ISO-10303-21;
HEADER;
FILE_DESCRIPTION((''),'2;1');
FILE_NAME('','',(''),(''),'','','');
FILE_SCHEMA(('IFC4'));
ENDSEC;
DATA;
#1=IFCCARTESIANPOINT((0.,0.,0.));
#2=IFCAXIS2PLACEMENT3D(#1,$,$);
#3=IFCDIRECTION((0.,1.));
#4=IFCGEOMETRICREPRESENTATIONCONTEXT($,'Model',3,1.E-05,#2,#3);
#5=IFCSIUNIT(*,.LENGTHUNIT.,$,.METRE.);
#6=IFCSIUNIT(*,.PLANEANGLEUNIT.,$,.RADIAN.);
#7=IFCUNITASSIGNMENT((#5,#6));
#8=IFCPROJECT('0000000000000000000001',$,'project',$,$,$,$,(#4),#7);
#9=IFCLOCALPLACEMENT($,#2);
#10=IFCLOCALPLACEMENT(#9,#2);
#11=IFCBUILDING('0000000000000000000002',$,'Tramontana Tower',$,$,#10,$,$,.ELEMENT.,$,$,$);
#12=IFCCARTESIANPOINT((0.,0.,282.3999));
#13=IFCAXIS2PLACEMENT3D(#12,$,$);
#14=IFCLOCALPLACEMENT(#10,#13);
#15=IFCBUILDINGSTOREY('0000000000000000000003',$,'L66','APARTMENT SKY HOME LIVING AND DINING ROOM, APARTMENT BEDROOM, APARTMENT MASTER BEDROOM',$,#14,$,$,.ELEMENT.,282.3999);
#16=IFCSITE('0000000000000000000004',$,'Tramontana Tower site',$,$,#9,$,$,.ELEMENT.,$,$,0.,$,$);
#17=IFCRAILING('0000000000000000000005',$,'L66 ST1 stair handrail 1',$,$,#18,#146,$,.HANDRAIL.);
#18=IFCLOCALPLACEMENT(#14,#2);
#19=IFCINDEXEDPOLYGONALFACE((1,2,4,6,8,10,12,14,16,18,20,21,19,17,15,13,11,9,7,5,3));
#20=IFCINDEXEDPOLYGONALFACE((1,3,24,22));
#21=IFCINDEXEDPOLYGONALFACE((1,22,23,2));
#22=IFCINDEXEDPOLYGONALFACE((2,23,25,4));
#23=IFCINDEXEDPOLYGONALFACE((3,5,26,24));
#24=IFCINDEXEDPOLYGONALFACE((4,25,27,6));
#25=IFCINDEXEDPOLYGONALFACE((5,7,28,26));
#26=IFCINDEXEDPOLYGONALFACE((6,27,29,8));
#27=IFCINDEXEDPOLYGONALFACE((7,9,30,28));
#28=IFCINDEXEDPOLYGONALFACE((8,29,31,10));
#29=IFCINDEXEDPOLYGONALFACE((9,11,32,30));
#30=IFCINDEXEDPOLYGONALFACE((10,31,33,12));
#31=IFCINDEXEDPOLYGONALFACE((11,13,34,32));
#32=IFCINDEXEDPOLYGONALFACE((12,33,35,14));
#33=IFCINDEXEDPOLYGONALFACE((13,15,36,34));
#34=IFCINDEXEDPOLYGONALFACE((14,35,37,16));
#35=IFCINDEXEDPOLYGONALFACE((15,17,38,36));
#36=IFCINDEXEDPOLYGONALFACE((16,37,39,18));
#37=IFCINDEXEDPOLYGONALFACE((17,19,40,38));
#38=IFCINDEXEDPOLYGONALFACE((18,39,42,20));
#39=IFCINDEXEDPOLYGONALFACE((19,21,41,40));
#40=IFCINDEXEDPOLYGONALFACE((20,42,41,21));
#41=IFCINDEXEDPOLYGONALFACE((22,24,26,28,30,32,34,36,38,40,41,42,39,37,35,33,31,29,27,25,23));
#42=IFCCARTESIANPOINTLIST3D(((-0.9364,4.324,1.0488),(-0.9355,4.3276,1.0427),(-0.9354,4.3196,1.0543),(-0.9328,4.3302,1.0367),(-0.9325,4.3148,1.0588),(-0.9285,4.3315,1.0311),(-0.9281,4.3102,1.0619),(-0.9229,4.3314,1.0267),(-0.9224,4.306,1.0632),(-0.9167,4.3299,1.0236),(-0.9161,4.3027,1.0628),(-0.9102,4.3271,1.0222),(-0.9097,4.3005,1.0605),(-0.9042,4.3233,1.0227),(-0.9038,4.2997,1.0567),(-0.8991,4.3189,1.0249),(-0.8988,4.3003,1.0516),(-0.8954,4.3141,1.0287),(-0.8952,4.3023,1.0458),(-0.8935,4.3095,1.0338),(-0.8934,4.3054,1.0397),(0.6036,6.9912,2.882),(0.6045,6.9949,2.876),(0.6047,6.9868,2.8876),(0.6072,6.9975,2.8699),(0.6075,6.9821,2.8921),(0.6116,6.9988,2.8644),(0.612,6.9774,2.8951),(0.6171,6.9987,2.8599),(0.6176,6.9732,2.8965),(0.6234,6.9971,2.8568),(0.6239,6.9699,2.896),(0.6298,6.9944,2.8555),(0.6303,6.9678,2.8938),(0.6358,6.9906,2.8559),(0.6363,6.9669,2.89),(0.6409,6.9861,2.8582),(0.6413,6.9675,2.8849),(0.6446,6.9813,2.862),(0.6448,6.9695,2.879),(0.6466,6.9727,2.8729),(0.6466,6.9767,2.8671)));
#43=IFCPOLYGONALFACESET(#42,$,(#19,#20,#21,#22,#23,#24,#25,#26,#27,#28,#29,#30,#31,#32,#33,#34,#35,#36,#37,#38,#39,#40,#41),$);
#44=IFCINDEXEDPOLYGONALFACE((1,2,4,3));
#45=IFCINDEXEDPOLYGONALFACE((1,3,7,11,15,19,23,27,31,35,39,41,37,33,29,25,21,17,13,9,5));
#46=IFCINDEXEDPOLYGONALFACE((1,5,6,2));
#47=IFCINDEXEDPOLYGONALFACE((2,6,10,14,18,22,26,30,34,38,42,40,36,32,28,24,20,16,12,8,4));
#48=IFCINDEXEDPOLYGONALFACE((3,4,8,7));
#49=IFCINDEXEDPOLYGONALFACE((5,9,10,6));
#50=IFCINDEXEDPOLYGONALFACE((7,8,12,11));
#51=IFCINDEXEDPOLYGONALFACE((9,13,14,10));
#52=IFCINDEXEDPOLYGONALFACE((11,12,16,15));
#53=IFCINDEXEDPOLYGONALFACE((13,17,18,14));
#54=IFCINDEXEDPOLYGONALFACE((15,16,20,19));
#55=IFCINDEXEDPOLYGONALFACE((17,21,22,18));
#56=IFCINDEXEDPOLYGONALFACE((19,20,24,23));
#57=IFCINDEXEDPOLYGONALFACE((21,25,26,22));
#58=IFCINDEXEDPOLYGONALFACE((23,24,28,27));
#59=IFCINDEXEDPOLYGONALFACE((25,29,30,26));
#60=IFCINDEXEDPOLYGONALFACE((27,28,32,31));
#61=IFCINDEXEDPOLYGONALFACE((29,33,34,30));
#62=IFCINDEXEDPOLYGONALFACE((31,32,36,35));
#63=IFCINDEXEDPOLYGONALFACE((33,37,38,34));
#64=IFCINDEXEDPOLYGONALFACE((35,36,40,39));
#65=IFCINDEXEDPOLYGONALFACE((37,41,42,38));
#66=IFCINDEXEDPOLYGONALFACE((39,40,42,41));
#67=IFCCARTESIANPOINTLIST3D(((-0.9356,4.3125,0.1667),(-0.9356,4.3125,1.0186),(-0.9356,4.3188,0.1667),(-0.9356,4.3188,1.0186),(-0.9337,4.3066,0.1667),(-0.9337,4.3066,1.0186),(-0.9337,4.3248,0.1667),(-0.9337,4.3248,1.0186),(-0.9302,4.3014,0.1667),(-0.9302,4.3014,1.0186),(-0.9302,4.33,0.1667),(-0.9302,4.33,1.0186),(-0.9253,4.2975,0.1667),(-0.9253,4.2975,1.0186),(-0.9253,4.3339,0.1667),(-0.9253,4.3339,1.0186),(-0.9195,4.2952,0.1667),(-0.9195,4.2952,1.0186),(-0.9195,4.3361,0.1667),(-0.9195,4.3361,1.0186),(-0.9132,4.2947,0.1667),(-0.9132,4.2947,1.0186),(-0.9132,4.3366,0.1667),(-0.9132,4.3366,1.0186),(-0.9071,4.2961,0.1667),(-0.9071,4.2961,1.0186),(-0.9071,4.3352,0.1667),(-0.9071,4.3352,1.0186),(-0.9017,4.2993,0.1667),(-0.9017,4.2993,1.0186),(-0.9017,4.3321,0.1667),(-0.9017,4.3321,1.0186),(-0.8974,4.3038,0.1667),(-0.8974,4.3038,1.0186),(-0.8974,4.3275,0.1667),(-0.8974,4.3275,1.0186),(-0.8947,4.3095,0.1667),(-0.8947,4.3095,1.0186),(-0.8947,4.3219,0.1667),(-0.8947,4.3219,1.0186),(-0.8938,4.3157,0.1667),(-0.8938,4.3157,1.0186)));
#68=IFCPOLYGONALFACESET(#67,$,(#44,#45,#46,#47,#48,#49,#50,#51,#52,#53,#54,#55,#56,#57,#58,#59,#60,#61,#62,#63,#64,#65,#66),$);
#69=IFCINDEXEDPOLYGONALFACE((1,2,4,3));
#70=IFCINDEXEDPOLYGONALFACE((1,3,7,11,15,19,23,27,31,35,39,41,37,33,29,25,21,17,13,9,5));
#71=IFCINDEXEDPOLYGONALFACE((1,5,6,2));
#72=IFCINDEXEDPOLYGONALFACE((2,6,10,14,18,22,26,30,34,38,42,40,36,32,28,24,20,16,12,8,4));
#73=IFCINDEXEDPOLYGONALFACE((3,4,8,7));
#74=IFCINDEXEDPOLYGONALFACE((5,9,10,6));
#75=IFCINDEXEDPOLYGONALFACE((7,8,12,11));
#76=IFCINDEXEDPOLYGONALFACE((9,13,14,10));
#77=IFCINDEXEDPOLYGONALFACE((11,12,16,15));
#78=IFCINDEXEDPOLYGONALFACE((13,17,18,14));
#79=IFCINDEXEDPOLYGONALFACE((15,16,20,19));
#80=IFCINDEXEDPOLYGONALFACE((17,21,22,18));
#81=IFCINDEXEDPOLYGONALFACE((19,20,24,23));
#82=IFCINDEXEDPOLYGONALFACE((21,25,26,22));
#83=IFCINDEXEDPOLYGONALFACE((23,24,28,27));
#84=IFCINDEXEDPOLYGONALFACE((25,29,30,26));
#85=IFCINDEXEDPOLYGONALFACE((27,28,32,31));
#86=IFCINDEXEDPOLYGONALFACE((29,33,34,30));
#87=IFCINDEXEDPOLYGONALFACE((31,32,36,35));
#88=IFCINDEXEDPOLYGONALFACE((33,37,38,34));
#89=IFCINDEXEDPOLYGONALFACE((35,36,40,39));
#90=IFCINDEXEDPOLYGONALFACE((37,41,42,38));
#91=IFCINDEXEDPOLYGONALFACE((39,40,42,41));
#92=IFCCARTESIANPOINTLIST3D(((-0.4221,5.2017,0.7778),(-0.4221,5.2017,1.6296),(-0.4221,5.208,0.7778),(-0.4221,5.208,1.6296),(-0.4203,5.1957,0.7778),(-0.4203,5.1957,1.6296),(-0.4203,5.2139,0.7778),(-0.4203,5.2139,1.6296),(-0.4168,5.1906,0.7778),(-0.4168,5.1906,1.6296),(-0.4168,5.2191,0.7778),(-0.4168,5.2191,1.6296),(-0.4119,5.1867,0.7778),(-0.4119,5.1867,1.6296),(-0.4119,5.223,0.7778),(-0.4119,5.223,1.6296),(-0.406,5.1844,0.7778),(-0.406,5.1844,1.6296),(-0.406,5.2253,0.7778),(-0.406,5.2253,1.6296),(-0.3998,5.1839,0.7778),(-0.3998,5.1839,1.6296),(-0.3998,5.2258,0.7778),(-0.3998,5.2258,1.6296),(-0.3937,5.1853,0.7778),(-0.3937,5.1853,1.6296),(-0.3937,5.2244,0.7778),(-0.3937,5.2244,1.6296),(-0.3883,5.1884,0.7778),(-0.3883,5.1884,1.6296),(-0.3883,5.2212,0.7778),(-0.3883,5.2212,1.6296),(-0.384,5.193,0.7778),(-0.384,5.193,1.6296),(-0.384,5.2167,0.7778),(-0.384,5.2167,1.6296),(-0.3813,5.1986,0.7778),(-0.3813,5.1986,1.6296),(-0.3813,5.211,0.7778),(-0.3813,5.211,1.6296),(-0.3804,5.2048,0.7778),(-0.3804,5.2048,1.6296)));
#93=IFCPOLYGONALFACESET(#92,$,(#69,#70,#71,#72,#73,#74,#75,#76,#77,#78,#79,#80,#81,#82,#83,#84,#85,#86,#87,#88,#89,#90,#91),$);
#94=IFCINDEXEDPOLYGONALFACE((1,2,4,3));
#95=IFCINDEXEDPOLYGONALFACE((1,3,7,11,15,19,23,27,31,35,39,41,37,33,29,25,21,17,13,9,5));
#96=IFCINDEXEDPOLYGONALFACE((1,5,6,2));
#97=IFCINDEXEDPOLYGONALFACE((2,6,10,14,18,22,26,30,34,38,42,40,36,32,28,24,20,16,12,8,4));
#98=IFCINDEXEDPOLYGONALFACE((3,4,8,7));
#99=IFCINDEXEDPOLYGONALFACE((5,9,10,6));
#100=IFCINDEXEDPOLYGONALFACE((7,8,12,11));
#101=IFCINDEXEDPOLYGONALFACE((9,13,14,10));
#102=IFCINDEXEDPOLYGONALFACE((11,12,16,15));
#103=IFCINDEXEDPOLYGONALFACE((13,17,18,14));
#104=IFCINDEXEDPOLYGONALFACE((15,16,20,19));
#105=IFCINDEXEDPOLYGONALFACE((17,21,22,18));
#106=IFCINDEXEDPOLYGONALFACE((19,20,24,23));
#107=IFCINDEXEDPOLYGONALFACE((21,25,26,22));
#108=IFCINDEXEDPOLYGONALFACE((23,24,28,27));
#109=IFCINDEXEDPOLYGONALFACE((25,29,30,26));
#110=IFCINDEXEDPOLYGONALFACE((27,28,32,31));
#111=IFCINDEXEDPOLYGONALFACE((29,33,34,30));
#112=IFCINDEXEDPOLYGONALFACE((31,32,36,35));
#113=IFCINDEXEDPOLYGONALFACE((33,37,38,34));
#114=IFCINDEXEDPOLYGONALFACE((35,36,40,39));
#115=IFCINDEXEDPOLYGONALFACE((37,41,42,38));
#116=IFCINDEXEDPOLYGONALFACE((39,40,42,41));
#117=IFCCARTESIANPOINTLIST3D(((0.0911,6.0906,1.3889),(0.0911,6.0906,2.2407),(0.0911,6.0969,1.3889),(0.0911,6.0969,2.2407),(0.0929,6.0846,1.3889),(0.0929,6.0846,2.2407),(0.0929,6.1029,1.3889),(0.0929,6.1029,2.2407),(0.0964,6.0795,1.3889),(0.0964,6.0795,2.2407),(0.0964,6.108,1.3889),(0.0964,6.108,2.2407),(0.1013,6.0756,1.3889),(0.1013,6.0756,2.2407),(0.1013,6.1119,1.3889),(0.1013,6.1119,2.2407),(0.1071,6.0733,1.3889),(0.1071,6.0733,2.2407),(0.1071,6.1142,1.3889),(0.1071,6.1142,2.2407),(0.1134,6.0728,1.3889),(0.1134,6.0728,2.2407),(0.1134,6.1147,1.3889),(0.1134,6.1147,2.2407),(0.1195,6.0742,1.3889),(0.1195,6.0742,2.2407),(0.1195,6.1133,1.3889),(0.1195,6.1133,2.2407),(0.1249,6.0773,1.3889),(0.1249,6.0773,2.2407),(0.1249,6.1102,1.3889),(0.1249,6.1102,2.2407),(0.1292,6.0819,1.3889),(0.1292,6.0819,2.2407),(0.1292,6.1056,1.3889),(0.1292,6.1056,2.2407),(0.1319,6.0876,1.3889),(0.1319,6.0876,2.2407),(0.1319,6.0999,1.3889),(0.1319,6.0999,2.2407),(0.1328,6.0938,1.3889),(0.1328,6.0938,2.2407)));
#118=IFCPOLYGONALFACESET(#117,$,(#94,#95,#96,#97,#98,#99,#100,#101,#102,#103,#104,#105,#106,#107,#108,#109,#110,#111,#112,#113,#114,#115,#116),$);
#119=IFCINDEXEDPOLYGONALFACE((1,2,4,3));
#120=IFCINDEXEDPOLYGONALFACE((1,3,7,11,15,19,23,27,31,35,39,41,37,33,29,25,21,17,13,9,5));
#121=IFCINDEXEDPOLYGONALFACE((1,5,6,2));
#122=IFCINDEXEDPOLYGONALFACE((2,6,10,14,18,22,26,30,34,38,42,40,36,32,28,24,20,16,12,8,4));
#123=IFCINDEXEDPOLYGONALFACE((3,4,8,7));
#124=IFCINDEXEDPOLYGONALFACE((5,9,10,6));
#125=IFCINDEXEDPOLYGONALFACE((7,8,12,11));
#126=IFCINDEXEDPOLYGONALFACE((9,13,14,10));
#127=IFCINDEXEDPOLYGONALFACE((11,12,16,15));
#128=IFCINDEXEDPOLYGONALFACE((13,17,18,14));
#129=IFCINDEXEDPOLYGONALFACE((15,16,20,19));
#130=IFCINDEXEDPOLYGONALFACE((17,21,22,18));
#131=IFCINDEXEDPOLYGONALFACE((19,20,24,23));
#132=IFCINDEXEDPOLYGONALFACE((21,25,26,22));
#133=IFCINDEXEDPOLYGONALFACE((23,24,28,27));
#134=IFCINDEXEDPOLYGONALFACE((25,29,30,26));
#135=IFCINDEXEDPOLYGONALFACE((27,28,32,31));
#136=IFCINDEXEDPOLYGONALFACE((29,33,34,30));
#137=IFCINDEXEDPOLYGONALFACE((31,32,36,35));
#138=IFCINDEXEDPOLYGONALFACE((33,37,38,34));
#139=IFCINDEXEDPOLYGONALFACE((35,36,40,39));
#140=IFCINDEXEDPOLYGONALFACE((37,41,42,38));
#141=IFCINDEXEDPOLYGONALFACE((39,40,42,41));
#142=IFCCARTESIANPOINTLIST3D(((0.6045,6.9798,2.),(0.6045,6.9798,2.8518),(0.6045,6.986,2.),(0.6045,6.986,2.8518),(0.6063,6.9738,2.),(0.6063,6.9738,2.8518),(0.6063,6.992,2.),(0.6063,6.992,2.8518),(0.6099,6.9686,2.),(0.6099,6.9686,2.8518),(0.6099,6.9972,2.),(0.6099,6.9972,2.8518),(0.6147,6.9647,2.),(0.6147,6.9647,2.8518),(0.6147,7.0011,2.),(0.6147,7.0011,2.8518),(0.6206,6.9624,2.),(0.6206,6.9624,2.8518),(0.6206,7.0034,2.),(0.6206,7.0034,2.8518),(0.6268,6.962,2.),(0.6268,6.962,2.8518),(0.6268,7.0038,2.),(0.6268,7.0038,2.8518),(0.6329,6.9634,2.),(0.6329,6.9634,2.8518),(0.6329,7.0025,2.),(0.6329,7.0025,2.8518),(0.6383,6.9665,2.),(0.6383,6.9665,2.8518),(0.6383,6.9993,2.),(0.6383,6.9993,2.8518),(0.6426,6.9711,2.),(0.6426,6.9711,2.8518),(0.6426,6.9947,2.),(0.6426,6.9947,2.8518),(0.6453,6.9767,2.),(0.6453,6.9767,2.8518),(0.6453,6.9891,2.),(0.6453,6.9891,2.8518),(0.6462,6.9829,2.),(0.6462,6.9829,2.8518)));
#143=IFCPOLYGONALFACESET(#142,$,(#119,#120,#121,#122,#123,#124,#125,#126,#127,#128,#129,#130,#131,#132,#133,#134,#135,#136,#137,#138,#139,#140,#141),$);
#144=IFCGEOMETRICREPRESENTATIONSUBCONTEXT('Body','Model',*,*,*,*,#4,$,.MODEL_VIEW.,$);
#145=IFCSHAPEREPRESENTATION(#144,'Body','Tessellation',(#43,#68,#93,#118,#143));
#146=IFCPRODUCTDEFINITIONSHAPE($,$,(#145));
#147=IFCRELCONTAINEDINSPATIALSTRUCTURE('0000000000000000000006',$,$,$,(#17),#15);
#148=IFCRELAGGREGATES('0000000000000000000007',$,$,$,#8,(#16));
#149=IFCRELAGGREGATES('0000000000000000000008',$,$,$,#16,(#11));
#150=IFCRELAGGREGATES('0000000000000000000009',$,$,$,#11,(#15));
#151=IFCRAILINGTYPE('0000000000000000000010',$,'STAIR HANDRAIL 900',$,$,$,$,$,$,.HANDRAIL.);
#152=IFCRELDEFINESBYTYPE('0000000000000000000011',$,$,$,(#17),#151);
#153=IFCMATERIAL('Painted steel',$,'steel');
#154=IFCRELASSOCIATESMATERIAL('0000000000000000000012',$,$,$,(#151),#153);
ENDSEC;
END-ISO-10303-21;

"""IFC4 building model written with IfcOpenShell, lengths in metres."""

from ifc_helpers import new_model, si_unit, direction, frame, origin, origin_2d, place, context, subcontext, project, spatial, circle, extrude, material, type_object, element, save


model = new_model("IFC4")

# Units and contexts
model_context = context("Model", 3, precision=1e-05, world=origin(), true_north=direction((0.0, 1.0)))
body_context = subcontext(model_context, "Body", "Model", "MODEL_VIEW")
ifc_project = project(units=[si_unit("LENGTHUNIT", "METRE"), si_unit("PLANEANGLEUNIT", "RADIAN")], contexts=[model_context])

# Site, building, storey
site_placement = place(None, origin())
site = spatial("IfcSite", under=ifc_project, at=site_placement, Name="Tramontana Tower site", CompositionType="ELEMENT", RefElevation=0.0)
building_placement = place(site_placement, origin())
building = spatial("IfcBuilding", under=site, at=building_placement, Name="Tramontana Tower", CompositionType="ELEMENT")
storey_placement = place(building_placement, frame((0.0, 0.0, 282.3999)))
storey = spatial("IfcBuildingStorey", under=building, at=storey_placement, Name="L66", Description="APARTMENT SKY HOME LIVING AND DINING ROOM, APARTMENT BEDROOM, APARTMENT MASTER BEDROOM", CompositionType="ELEMENT", Elevation=282.3999)

# Railing
ifc_material_1 = material(Name="Painted steel", Category="steel")
railing_type_1 = type_object("IfcRailingType", Name="STAIR HANDRAIL 900", PredefinedType="HANDRAIL", material=ifc_material_1)
railing_1_placement = place(storey_placement, frame((-0.9148, 4.3157, 0.1667)))
element("IfcRailing", 1, at=railing_1_placement, inside=storey, type_object=railing_type_1, Name="L66 ST1 stair handrail 1", PredefinedType="HANDRAIL", context=body_context, shape_type="SweptSolid", body=[
    extrude(circle(Radius=0.0239, at=origin_2d()), frame((0.0, 0.0, 0.876), z_axis=(0.429671, 0.744159, 0.511478), x_axis=(-0.86601, 0.500027, 0.0)), (0.0, 0.0, 1.0), 3.5842),
    extrude(circle(Radius=0.021, at=origin_2d()), origin(), (0.0, 0.0, 1.0), 0.8518),
    extrude(circle(Radius=0.021, at=origin_2d()), frame((0.5134, 0.8892, 0.6111)), (0.0, 0.0, 1.0), 0.8518),
    extrude(circle(Radius=0.021, at=origin_2d()), frame((1.0266, 1.7781, 1.2222)), (0.0, 0.0, 1.0), 0.8518),
    extrude(circle(Radius=0.021, at=origin_2d()), frame((1.54, 2.6672, 1.8333)), (0.0, 0.0, 1.0), 0.8518),
])

save(model, "model.ifc")
